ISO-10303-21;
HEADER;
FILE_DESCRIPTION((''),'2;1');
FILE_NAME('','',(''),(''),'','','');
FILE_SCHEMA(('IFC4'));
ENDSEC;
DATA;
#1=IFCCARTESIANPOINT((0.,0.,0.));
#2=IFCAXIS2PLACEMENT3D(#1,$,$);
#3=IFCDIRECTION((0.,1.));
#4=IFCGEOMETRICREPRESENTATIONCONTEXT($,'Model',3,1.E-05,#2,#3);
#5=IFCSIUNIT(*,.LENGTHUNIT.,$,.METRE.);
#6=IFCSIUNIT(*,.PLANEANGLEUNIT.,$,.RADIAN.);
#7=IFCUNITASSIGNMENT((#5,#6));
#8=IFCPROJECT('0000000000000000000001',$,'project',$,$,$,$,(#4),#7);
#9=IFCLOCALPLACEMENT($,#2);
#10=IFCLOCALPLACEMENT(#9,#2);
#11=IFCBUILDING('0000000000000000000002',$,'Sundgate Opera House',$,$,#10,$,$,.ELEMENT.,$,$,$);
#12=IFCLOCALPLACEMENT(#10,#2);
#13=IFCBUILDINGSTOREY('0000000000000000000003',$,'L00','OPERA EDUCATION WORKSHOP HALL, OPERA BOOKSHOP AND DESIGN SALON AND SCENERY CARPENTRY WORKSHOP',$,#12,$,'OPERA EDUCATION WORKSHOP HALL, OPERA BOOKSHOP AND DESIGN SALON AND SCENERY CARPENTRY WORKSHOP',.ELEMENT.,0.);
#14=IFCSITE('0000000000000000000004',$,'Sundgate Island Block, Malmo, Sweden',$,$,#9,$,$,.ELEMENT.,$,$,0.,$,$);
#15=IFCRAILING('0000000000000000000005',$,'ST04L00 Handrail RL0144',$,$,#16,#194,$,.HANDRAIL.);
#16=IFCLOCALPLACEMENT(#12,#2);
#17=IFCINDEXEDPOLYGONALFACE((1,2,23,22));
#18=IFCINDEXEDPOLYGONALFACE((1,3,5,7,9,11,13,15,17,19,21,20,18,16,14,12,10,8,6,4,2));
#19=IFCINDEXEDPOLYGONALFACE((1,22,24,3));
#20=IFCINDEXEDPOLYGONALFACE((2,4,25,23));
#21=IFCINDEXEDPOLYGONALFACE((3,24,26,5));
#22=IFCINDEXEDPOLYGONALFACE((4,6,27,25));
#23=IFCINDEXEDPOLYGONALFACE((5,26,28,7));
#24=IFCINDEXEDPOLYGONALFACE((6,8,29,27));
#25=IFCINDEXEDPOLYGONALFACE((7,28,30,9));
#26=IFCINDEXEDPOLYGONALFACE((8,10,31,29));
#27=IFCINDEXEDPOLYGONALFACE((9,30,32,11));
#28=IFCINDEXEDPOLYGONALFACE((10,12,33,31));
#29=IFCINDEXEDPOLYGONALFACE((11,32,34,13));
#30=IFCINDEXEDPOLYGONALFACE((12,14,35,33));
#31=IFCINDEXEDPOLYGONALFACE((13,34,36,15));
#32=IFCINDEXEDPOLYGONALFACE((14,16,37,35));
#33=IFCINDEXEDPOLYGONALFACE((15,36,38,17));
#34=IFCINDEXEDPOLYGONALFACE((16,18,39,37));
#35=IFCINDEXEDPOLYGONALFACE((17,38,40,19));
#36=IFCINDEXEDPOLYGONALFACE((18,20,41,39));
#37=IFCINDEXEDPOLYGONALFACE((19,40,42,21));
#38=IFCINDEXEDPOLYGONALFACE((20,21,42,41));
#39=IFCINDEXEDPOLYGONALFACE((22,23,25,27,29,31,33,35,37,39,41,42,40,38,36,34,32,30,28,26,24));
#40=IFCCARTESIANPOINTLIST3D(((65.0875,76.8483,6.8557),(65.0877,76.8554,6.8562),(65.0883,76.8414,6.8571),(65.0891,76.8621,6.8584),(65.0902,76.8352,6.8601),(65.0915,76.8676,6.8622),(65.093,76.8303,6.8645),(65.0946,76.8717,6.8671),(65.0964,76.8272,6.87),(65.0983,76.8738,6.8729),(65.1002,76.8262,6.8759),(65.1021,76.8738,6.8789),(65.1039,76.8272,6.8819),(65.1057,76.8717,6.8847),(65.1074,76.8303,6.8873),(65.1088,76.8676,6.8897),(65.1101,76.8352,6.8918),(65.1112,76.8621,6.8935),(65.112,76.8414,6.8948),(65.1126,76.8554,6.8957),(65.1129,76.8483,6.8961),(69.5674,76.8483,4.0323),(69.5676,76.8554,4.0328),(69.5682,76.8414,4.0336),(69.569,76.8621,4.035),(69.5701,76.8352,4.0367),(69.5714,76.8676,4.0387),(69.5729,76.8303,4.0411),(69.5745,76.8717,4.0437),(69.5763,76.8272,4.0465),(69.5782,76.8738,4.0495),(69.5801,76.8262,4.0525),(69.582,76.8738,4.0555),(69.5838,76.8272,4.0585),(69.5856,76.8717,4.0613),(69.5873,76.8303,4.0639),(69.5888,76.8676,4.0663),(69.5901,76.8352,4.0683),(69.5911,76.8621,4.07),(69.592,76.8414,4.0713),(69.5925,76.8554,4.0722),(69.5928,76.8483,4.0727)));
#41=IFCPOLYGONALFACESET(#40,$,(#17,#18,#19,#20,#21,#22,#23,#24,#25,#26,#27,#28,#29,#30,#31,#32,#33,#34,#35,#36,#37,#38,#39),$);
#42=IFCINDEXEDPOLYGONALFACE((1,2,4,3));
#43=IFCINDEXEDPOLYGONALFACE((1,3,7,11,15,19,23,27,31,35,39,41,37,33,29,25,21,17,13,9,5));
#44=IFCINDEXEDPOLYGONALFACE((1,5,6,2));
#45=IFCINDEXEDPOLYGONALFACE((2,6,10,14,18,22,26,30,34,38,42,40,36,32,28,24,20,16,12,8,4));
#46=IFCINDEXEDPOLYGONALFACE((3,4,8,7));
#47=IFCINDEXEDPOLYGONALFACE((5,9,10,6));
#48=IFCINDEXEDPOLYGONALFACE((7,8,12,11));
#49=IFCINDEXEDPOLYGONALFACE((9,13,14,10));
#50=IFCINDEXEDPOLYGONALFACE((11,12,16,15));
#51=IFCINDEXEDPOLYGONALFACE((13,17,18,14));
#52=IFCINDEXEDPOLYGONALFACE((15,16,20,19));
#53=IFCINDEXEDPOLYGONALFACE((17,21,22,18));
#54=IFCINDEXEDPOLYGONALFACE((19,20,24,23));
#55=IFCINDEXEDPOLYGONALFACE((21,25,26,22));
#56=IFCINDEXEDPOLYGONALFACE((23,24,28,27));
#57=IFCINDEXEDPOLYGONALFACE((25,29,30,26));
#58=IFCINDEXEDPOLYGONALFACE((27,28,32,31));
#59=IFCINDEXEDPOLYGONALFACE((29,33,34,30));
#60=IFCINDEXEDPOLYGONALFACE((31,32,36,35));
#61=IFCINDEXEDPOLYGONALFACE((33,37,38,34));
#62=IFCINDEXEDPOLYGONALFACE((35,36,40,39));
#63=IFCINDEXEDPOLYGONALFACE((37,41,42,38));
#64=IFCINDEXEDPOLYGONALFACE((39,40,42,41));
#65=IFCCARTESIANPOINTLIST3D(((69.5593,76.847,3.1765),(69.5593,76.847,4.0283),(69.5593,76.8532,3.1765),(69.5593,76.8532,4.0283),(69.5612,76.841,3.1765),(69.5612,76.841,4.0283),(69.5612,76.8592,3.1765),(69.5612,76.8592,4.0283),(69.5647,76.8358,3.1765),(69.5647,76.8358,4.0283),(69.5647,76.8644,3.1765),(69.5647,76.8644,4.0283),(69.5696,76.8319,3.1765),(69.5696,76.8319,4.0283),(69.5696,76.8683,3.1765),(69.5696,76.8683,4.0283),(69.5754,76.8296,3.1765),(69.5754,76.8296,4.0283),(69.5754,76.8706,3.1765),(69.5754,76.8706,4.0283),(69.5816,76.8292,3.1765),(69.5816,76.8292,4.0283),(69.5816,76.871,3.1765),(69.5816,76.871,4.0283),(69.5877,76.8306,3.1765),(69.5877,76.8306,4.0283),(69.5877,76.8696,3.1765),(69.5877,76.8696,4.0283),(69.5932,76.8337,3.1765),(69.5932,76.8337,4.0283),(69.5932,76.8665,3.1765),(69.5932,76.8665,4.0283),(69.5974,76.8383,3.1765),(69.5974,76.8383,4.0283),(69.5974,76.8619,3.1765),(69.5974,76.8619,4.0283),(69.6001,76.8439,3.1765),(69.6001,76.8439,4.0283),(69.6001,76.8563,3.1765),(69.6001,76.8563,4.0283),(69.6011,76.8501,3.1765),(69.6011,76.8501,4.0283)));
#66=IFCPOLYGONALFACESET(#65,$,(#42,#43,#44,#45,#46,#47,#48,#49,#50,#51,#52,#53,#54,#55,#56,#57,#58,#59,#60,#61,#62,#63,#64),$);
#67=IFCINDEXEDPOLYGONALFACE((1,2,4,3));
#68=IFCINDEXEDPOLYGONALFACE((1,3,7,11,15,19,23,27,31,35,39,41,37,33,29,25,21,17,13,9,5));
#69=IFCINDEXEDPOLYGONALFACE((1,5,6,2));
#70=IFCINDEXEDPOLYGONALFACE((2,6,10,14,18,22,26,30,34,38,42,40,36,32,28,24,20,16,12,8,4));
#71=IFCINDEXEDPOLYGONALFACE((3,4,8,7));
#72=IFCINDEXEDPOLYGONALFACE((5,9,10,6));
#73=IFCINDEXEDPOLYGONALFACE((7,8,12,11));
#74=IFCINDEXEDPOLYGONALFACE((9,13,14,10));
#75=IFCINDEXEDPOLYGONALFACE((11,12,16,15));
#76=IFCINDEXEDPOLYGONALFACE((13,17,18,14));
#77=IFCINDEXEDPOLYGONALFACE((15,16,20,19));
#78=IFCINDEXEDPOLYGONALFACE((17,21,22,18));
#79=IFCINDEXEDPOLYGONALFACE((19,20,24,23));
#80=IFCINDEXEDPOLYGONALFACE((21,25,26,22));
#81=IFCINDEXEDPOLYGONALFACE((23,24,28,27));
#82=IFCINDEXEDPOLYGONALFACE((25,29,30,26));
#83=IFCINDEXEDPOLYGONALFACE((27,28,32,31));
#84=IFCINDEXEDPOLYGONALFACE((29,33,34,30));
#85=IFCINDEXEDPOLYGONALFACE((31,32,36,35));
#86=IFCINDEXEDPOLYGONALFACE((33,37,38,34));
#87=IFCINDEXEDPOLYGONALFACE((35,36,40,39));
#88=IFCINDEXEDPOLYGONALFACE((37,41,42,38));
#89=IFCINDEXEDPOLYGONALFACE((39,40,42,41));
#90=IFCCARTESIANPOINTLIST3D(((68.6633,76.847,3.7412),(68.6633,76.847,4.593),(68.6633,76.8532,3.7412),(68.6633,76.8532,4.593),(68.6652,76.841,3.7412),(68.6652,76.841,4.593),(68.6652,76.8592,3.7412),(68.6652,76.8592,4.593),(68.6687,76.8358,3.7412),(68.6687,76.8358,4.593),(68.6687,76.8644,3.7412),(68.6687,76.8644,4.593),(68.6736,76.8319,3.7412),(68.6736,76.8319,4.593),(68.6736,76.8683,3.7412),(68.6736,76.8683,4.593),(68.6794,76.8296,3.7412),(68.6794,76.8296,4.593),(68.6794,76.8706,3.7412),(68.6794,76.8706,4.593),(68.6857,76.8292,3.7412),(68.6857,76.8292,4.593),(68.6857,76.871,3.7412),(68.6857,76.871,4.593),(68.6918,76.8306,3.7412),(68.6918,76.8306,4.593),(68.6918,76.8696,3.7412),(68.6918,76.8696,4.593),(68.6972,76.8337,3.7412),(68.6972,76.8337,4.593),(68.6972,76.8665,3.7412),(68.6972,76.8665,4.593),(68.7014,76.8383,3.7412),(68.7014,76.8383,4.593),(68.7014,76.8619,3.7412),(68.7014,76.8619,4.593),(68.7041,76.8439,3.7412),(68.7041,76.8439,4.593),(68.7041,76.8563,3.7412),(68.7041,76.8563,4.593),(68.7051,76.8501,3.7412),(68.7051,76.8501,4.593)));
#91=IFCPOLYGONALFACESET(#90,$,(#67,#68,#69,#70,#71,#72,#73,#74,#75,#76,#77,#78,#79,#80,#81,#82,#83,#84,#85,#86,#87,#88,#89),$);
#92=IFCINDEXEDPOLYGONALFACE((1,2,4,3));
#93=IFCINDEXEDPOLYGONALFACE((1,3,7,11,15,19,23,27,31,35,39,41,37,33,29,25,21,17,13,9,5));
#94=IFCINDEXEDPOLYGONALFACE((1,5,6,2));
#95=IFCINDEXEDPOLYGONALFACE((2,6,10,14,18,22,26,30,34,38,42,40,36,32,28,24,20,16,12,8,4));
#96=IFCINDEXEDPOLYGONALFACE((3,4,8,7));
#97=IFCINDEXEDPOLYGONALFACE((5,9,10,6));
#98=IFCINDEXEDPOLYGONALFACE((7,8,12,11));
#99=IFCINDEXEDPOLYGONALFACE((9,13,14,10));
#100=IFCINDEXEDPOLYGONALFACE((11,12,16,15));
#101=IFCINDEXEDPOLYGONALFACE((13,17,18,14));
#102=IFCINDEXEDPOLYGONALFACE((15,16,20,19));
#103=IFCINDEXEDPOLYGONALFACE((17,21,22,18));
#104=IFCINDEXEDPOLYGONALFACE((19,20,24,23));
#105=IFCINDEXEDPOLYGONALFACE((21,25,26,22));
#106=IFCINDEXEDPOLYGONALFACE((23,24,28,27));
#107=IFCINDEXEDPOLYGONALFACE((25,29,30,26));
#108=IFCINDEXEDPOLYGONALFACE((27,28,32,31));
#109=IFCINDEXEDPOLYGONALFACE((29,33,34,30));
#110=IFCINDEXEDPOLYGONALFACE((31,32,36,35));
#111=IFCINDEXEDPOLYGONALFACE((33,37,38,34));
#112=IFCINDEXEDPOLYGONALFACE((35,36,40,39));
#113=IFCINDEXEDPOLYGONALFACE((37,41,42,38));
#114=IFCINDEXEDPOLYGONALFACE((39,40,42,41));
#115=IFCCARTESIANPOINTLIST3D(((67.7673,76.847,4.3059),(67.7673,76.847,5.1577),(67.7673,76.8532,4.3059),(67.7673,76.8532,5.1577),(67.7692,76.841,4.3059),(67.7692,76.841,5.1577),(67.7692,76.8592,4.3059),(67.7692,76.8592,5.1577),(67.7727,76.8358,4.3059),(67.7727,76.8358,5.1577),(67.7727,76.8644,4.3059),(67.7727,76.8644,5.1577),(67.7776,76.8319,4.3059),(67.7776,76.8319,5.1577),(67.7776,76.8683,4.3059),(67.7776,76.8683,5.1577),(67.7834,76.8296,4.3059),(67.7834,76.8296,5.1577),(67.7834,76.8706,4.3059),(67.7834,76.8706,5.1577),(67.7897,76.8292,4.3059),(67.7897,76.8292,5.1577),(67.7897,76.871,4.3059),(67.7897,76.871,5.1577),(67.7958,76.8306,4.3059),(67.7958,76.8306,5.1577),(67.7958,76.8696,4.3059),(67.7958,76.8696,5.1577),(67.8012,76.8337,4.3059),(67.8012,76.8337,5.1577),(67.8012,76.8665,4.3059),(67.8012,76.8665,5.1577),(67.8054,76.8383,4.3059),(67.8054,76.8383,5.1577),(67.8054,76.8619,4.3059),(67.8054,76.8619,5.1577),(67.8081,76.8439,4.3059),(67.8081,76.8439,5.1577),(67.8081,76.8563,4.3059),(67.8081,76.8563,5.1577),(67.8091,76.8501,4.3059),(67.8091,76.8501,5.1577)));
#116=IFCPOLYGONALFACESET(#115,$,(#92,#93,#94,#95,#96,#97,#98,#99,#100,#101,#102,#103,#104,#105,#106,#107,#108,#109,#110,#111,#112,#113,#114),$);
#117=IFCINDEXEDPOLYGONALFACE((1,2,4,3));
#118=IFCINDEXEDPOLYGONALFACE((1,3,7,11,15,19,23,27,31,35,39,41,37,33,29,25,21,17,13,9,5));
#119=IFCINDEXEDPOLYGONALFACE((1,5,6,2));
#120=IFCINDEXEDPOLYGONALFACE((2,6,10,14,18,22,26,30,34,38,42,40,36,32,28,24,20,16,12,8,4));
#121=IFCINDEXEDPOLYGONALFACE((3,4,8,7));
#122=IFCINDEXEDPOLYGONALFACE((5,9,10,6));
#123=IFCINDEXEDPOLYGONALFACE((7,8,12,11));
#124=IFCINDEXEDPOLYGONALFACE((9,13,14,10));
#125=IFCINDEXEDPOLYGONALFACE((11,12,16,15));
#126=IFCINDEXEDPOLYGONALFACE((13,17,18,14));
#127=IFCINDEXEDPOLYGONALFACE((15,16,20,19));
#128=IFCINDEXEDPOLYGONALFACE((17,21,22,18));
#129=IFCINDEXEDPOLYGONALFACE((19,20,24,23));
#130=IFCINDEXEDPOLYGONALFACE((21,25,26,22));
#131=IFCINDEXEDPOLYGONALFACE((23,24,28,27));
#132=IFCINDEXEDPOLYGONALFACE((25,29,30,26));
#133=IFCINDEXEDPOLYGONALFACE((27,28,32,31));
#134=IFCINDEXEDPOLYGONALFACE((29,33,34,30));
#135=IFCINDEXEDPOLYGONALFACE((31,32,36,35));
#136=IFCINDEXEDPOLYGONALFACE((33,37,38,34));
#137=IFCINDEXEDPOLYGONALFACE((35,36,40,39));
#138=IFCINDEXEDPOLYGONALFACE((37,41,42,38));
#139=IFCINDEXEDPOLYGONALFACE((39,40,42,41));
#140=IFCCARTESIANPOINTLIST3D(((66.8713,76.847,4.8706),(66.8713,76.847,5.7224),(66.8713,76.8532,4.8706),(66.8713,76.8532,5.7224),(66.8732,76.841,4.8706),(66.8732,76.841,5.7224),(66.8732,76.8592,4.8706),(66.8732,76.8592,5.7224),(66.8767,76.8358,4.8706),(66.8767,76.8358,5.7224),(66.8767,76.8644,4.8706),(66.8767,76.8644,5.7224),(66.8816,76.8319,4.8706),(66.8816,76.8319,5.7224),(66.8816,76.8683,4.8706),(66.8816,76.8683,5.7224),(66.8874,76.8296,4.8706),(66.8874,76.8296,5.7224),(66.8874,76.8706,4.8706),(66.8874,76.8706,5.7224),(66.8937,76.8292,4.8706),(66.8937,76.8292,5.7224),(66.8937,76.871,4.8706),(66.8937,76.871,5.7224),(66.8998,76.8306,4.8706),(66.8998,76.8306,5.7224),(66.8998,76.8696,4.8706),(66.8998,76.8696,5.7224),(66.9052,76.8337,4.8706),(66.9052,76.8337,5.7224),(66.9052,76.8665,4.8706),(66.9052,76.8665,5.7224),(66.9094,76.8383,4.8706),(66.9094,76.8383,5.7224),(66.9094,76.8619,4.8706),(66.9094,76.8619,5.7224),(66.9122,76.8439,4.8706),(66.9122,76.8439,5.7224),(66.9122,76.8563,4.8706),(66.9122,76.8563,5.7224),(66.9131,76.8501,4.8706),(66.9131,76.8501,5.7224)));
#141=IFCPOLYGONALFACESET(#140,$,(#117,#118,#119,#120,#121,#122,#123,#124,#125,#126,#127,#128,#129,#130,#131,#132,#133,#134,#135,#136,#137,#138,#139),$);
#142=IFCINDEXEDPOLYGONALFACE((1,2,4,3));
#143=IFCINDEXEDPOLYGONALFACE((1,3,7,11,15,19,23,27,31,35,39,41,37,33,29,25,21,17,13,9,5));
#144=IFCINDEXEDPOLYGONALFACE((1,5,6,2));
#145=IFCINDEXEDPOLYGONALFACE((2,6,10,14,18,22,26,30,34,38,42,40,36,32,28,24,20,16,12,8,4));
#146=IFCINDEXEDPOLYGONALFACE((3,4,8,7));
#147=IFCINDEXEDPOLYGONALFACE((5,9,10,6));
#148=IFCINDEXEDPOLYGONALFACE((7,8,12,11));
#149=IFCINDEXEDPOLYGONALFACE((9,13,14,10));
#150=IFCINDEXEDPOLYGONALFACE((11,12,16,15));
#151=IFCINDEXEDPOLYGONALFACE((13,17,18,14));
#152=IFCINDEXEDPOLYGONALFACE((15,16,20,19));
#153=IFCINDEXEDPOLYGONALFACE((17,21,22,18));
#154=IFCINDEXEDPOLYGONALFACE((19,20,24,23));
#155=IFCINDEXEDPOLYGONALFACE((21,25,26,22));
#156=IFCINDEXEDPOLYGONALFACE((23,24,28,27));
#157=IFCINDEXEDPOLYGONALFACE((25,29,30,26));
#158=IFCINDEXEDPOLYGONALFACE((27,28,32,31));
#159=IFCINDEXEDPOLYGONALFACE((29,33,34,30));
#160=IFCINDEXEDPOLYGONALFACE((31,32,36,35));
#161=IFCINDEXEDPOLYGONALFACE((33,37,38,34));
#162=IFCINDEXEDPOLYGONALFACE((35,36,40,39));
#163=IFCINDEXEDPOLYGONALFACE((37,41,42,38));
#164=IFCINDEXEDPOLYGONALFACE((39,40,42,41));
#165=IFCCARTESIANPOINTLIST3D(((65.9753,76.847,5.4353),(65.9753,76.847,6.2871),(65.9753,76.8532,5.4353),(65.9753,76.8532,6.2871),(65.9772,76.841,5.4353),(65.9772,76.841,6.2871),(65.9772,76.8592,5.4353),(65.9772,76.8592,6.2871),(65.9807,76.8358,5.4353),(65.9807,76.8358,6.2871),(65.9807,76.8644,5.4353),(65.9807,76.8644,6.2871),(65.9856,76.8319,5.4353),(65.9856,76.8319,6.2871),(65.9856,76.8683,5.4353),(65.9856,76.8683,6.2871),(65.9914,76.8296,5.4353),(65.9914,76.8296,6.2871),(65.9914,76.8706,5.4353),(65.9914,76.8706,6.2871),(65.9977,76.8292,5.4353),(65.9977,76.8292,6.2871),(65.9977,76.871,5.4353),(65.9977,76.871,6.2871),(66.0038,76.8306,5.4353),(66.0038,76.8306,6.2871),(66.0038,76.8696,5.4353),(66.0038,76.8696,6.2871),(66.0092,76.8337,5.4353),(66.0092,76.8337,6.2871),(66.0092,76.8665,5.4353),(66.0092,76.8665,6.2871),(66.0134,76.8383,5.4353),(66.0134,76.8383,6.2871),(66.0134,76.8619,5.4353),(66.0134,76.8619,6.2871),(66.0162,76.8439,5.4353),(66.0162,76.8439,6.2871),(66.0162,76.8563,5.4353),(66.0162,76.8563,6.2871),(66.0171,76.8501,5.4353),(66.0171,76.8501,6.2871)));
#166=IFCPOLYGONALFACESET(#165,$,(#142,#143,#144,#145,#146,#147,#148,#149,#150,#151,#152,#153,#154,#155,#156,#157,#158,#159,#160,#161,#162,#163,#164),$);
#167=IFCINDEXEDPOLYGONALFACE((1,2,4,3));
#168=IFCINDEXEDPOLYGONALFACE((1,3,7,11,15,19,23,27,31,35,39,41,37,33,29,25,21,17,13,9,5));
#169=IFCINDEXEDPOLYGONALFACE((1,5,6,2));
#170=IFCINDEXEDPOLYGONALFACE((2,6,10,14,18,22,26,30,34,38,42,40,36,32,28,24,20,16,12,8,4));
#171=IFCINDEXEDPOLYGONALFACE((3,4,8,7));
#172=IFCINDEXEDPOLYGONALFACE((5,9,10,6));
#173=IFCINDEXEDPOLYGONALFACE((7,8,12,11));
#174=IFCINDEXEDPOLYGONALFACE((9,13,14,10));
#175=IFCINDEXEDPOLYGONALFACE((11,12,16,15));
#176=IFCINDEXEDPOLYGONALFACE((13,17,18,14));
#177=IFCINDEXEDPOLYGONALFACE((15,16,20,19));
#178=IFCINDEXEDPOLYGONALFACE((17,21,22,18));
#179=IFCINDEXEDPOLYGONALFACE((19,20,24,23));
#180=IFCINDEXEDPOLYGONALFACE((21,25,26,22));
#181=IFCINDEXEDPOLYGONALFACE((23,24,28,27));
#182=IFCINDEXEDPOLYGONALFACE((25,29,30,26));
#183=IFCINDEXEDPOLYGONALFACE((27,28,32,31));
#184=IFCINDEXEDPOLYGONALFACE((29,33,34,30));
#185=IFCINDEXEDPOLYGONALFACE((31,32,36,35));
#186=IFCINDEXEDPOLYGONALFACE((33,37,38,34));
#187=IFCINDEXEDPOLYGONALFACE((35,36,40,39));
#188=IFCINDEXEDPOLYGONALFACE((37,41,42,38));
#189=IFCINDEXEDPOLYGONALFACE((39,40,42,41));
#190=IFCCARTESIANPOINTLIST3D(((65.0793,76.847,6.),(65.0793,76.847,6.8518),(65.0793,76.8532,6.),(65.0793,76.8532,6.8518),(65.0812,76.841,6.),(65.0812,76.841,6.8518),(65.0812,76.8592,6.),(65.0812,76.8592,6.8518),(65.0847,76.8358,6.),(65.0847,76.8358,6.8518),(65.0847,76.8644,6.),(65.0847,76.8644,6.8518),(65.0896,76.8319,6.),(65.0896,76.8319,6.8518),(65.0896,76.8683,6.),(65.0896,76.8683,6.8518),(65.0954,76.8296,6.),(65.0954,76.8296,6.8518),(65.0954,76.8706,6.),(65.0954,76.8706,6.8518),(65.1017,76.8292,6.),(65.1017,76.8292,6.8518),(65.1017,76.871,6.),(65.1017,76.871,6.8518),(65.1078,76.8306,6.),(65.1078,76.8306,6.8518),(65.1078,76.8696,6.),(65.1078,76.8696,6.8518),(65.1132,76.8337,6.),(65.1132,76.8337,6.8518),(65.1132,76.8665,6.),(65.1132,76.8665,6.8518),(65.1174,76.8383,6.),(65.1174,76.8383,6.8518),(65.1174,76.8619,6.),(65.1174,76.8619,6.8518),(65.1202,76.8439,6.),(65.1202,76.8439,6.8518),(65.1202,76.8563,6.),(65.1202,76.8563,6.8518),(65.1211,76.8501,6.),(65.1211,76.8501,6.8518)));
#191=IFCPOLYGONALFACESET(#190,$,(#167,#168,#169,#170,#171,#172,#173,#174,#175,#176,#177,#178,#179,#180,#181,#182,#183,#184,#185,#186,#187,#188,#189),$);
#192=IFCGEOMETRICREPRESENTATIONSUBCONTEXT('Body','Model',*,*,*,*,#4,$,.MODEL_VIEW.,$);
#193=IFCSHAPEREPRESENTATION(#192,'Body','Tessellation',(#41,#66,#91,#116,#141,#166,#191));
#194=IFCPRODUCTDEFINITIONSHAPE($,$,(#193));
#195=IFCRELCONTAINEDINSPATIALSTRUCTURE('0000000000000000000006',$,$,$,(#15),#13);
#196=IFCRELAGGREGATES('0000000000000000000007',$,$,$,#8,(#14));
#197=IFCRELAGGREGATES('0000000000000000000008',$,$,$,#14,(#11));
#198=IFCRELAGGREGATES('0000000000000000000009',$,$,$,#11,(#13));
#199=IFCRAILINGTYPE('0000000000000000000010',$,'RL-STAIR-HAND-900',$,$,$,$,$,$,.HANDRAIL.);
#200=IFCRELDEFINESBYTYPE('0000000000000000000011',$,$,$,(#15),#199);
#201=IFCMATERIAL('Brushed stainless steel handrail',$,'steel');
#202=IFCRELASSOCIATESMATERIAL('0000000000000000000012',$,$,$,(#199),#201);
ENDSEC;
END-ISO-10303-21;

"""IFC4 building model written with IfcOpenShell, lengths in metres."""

from ifc_helpers import new_model, si_unit, direction, frame, origin, origin_2d, place, context, subcontext, project, spatial, circle, extrude, material, type_object, element, save


model = new_model("IFC4")

# Units and contexts
model_context = context("Model", 3, precision=1e-05, world=origin(), true_north=direction((0.0, 1.0)))
body_context = subcontext(model_context, "Body", "Model", "MODEL_VIEW")
ifc_project = project(units=[si_unit("LENGTHUNIT", "METRE"), si_unit("PLANEANGLEUNIT", "RADIAN")], contexts=[model_context])

# Site, building, storey
site_placement = place(None, origin())
site = spatial("IfcSite", under=ifc_project, at=site_placement, Name="Sundgate Island Block, Malmo, Sweden", CompositionType="ELEMENT", RefElevation=0.0)
building_placement = place(site_placement, origin())
building = spatial("IfcBuilding", under=site, at=building_placement, Name="Sundgate Opera House", CompositionType="ELEMENT")
storey_placement = place(building_placement, origin())
storey = spatial("IfcBuildingStorey", under=building, at=storey_placement, Name="L00", Description="OPERA EDUCATION WORKSHOP HALL, OPERA BOOKSHOP AND DESIGN SALON AND SCENERY CARPENTRY WORKSHOP", LongName="OPERA EDUCATION WORKSHOP HALL, OPERA BOOKSHOP AND DESIGN SALON AND SCENERY CARPENTRY WORKSHOP", CompositionType="ELEMENT", Elevation=0.0)

# Railing
ifc_material_1 = material(Name="Brushed stainless steel handrail", Category="steel")
railing_type_1 = type_object("IfcRailingType", Name="RL-STAIR-HAND-900", PredefinedType="HANDRAIL", material=ifc_material_1)
railing_1_placement = place(storey_placement, frame((69.5801, 76.8501, 3.1765)))
element("IfcRailing", 1, at=railing_1_placement, inside=storey, type_object=railing_type_1, Name="ST04L00 Handrail RL0144", PredefinedType="HANDRAIL", context=body_context, shape_type="SweptSolid", body=[
    extrude(circle(Radius=0.0239, at=origin_2d()), frame((0.0, 0.0, 0.876), z_axis=(-0.845998, 0.0, 0.533186), x_axis=(0.0, -1.0, 0.0)), (0.0, 0.0, 1.0), 5.2954),
    extrude(circle(Radius=0.021, at=origin_2d()), origin(), (0.0, 0.0, 1.0), 0.8518),
    extrude(circle(Radius=0.021, at=origin_2d()), frame((-0.896, 0.0, 0.5647)), (0.0, 0.0, 1.0), 0.8518),
    extrude(circle(Radius=0.021, at=origin_2d()), frame((-1.792, 0.0, 1.1294)), (0.0, 0.0, 1.0), 0.8518),
    extrude(circle(Radius=0.021, at=origin_2d()), frame((-2.688, 0.0, 1.6941)), (0.0, 0.0, 1.0), 0.8518),
    extrude(circle(Radius=0.021, at=origin_2d()), frame((-3.584, 0.0, 2.2588)), (0.0, 0.0, 1.0), 0.8518),
    extrude(circle(Radius=0.021, at=origin_2d()), frame((-4.48, 0.0, 2.8235)), (0.0, 0.0, 1.0), 0.8518),
])

save(model, "model.ifc")
